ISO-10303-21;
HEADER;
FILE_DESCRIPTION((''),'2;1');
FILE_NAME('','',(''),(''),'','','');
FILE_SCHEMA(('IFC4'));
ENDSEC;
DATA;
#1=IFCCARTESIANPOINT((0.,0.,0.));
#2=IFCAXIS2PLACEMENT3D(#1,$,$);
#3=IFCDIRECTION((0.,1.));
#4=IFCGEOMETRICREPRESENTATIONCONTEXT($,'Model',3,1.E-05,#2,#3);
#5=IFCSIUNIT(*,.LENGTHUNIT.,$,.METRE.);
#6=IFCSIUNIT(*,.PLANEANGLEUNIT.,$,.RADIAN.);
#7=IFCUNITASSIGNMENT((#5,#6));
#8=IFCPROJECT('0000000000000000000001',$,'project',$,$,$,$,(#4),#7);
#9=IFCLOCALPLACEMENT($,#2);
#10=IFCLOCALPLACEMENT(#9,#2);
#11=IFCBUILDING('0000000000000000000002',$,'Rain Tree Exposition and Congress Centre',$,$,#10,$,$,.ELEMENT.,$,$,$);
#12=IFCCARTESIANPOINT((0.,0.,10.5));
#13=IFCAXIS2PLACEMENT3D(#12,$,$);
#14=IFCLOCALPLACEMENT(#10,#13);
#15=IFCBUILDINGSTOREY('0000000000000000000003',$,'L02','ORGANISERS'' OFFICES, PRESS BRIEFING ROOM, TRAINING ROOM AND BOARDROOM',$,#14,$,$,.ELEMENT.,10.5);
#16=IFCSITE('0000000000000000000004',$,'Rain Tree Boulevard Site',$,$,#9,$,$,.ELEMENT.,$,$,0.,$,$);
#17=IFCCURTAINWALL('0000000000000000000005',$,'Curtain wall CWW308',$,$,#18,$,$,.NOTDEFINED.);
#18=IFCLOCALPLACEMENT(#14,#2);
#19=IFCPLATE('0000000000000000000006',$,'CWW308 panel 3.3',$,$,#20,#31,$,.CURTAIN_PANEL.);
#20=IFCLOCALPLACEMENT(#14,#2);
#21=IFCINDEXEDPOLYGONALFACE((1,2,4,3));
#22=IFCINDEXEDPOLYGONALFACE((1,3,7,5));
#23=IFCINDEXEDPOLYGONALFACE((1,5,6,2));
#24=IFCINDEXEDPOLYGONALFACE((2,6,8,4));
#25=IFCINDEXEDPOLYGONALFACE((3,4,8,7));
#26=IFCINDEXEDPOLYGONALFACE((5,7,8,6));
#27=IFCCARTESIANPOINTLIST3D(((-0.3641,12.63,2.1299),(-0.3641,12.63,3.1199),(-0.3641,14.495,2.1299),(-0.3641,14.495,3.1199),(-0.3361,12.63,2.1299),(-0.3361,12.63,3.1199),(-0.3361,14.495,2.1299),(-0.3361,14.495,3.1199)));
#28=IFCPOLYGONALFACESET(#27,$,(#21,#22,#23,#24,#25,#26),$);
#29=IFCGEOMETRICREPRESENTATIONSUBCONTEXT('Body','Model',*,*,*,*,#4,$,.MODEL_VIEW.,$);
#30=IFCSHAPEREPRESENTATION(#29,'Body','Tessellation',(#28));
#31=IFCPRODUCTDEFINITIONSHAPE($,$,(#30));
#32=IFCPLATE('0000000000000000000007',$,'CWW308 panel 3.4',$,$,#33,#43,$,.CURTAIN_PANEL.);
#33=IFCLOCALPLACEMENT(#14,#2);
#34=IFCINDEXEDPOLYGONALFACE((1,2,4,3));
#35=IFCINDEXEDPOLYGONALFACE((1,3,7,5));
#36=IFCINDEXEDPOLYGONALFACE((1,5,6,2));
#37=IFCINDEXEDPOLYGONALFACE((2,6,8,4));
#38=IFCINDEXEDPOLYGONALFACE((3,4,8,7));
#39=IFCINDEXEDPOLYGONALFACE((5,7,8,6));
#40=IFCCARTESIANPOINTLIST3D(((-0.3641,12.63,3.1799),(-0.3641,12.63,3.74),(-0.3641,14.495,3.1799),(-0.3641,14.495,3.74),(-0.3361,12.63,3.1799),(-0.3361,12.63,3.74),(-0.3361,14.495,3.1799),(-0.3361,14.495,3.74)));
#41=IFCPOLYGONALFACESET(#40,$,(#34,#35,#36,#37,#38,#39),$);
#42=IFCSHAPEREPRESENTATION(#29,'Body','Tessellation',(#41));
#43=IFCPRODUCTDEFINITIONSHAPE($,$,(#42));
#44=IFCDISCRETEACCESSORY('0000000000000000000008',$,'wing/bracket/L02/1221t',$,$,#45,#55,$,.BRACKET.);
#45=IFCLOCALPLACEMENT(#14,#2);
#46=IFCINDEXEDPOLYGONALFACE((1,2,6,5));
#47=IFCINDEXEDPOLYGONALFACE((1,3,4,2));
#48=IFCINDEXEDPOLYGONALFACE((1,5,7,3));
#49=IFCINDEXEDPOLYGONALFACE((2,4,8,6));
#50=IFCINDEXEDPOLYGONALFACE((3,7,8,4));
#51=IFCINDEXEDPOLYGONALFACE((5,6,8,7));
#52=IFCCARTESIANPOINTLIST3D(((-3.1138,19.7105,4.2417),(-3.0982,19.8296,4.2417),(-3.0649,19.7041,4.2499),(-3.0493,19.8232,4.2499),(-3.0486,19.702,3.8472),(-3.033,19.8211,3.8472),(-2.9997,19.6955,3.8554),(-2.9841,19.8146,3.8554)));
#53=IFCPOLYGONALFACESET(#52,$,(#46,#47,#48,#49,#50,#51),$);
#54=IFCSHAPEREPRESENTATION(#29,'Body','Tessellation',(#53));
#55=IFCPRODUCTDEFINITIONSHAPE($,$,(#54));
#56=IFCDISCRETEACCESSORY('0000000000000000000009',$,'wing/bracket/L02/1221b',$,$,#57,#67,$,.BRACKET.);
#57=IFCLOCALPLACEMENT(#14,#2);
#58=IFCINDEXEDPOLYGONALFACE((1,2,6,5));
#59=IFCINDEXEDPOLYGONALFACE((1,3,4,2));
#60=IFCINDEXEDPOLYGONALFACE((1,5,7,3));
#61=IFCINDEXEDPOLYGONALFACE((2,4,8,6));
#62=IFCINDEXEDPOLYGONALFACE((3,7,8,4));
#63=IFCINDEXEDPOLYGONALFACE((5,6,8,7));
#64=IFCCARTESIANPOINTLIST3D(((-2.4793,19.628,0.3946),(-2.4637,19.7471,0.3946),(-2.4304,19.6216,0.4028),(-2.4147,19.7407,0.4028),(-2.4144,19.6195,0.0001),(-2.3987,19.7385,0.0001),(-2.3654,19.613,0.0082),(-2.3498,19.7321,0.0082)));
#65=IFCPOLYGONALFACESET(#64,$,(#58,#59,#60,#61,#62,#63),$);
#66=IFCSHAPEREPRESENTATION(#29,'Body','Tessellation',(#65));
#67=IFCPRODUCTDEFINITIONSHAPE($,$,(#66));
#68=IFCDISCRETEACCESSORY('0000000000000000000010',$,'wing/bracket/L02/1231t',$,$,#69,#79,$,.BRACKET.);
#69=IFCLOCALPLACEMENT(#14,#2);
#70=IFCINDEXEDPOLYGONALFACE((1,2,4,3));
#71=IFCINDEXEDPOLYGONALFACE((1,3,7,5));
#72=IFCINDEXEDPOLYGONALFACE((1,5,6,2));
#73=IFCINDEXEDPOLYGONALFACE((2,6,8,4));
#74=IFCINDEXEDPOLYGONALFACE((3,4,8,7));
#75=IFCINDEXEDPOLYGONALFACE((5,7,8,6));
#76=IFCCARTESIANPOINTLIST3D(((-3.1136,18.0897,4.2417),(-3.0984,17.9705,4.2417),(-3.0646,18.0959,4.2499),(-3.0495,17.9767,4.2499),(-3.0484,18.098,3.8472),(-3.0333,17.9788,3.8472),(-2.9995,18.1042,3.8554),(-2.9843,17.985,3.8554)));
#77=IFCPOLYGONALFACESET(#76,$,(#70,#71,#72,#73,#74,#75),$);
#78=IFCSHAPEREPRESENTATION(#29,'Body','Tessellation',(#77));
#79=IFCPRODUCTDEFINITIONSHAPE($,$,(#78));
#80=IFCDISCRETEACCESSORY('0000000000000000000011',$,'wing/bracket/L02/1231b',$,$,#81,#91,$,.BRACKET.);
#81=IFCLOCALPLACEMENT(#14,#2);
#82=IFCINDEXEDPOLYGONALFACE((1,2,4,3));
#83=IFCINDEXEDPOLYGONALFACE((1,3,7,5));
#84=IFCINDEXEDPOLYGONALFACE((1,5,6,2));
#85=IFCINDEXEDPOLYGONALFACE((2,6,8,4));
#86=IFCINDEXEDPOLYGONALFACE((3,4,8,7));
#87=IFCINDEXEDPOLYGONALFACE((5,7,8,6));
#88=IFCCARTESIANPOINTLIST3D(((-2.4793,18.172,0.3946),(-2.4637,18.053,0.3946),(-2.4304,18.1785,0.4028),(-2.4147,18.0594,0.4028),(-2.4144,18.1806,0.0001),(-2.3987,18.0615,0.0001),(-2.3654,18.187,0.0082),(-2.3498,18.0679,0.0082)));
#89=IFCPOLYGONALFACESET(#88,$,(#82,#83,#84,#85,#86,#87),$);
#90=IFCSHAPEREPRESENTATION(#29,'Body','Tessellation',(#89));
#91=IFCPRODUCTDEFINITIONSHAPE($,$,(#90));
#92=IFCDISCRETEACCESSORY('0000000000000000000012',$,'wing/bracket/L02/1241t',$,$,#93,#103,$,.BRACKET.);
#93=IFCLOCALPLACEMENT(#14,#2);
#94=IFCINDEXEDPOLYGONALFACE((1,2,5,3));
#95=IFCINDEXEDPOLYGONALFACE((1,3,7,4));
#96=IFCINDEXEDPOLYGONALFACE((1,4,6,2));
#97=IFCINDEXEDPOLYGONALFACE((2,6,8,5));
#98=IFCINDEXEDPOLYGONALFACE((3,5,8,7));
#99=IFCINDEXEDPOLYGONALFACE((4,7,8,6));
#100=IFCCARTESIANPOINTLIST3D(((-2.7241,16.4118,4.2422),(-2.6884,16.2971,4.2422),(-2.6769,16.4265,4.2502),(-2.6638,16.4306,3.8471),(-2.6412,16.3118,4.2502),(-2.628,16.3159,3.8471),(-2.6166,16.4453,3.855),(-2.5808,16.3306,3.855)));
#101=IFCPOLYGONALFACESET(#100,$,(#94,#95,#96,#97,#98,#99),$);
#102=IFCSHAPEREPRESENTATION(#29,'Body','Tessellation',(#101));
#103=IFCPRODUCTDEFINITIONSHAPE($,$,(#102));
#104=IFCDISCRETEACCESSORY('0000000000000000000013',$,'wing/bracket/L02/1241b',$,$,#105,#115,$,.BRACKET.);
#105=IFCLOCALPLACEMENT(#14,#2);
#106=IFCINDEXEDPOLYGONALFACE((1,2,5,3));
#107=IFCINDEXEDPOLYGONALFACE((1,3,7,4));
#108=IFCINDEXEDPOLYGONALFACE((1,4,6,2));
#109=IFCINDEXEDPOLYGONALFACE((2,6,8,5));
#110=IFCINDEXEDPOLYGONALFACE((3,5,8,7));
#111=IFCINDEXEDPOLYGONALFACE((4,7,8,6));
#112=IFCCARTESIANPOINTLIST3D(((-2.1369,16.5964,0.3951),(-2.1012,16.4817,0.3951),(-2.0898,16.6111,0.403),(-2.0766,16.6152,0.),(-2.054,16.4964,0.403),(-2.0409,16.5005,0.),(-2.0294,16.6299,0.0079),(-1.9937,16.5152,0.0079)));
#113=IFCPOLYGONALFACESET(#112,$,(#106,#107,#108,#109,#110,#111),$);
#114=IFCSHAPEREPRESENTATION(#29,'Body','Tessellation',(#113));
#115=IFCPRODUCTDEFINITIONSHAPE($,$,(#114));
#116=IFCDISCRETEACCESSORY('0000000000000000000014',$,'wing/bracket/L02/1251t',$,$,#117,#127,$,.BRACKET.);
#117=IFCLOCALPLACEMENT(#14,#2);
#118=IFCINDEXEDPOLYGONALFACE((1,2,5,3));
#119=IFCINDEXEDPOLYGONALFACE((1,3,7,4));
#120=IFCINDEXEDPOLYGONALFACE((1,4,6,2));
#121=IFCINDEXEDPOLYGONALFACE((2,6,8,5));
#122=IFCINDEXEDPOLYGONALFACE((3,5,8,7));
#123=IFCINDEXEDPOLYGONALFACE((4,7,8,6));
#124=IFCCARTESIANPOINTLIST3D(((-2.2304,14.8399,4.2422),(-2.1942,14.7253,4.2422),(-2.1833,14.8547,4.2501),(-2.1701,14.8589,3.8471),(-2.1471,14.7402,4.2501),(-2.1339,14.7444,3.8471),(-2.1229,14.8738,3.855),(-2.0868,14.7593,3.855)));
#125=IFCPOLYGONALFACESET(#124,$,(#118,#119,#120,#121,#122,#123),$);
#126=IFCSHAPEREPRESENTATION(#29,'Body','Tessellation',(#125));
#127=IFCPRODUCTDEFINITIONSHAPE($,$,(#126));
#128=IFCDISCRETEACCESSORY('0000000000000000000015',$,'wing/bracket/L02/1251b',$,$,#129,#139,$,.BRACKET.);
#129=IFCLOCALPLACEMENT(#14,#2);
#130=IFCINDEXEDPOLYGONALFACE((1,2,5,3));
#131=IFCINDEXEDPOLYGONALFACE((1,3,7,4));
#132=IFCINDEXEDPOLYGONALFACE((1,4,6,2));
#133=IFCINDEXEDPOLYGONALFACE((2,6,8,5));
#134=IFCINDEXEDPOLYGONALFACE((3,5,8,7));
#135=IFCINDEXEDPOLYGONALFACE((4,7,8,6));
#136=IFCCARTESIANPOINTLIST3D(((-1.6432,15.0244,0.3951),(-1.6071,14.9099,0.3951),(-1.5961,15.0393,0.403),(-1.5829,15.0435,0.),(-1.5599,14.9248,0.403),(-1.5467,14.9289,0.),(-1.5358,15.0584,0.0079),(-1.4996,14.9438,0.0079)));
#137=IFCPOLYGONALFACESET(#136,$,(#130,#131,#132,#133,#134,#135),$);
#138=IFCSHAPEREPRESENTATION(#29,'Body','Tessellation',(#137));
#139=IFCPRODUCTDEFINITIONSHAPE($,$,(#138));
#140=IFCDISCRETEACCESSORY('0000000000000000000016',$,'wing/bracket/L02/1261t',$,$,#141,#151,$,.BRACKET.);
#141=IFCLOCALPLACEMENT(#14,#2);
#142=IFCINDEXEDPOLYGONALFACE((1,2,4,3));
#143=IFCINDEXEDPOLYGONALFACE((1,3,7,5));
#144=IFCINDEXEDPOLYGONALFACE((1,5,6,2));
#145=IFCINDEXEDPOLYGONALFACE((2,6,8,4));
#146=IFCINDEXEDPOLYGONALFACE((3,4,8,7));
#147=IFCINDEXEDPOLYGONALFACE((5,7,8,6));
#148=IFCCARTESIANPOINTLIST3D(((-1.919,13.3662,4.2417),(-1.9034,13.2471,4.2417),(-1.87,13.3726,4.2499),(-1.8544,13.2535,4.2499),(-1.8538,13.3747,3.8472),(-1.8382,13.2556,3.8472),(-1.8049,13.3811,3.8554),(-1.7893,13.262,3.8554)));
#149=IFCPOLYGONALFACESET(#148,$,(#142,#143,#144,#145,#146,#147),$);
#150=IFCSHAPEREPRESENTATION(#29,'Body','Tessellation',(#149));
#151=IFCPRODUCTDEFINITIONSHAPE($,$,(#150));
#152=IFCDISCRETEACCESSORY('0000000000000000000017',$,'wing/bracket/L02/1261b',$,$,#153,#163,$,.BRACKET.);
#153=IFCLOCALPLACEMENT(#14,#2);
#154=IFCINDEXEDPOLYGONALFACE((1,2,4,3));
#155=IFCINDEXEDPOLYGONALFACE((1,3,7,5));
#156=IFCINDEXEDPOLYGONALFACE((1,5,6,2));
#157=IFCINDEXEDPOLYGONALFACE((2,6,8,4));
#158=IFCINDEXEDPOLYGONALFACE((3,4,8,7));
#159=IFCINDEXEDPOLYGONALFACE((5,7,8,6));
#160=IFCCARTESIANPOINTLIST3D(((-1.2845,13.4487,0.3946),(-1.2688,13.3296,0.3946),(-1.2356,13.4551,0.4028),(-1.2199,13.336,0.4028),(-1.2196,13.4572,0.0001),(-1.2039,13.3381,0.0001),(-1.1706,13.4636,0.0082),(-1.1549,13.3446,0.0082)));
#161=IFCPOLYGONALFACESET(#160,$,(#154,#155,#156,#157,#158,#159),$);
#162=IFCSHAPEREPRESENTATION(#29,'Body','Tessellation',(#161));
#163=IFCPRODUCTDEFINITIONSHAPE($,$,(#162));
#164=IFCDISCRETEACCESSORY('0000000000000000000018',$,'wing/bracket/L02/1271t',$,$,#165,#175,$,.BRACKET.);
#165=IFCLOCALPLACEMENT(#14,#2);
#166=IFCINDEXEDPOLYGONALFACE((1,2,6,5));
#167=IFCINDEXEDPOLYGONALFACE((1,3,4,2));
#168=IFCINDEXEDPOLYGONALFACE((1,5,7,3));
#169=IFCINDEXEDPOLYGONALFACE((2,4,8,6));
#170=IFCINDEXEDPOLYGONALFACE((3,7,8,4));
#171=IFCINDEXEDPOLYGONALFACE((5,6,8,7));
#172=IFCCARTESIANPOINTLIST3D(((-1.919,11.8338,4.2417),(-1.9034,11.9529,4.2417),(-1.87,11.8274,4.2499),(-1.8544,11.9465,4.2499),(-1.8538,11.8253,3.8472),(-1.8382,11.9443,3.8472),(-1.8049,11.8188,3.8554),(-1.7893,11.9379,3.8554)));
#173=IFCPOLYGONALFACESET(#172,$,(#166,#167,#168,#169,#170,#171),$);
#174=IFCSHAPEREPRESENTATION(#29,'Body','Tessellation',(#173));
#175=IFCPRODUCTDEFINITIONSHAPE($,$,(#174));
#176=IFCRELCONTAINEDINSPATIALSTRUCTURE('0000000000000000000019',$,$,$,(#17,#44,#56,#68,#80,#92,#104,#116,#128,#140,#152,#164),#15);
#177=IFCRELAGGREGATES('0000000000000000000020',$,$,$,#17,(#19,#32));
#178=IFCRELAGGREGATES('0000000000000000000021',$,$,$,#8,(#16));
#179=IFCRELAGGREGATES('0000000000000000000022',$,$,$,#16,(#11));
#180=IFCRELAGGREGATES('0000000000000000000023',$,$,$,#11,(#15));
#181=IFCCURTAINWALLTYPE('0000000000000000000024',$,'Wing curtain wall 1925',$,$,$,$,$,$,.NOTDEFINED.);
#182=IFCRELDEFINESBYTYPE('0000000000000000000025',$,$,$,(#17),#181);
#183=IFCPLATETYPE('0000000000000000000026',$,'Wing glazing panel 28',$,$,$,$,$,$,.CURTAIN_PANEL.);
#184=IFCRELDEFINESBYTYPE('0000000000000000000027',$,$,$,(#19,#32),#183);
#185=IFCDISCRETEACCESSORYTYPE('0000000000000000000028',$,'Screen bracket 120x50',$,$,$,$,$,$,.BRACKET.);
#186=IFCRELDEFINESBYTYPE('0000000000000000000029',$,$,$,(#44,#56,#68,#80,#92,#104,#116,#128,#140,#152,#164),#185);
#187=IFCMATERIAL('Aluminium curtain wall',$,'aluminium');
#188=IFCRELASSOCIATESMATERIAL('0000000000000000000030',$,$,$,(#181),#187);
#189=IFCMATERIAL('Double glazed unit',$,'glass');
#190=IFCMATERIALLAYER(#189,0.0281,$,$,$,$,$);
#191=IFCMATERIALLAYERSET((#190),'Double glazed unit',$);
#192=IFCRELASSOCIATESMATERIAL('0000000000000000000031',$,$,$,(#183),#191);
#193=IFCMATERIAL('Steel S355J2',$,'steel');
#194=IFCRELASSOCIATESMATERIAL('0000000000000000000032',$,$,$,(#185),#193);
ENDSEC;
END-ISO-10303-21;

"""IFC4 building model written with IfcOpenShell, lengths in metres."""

from ifc_helpers import new_model, si_unit, direction, frame, origin, origin_2d, place, context, subcontext, project, spatial, rectangle, extrude, material, layer, layer_set, material_profile, profile_set, type_object, element, aggregate, save


model = new_model("IFC4")

# Units and contexts
model_context = context("Model", 3, precision=1e-05, world=origin(), true_north=direction((0.0, 1.0)))
body_context = subcontext(model_context, "Body", "Model", "MODEL_VIEW")
ifc_project = project(units=[si_unit("LENGTHUNIT", "METRE"), si_unit("PLANEANGLEUNIT", "RADIAN")], contexts=[model_context])

# Site, building, storey
site_placement = place(None, origin())
site = spatial("IfcSite", under=ifc_project, at=site_placement, Name="Rain Tree Boulevard Site", CompositionType="ELEMENT", RefElevation=0.0)
building_placement = place(site_placement, origin())
building = spatial("IfcBuilding", under=site, at=building_placement, Name="Rain Tree Exposition and Congress Centre", CompositionType="ELEMENT")
storey_placement = place(building_placement, frame((0.0, 0.0, 10.5)))
storey = spatial("IfcBuildingStorey", under=building, at=storey_placement, Name="L02", Description="ORGANISERS' OFFICES, PRESS BRIEFING ROOM, TRAINING ROOM AND BOARDROOM", CompositionType="ELEMENT", Elevation=10.5)

# Curtain wall, plates
ifc_material_1 = material(Name="Aluminium curtain wall", Category="aluminium")
curtain_wall_type = type_object("IfcCurtainWallType", Name="Wing curtain wall 1925", PredefinedType="NOTDEFINED", material=ifc_material_1)
curtain_wall_placement = place(storey_placement, origin())
curtain_wall = element("IfcCurtainWall", 1, at=curtain_wall_placement, inside=storey, type_object=curtain_wall_type, Name="Curtain wall CWW308", PredefinedType="NOTDEFINED")
ifc_material_2 = material(Name="Double glazed unit", Category="glass")
ifc_layer_1 = layer(ifc_material_2, 0.0281)
ifc_layer_set_1 = layer_set([ifc_layer_1], Name="Double glazed unit")
plate_type = type_object("IfcPlateType", Name="Wing glazing panel 28", PredefinedType="CURTAIN_PANEL", material=ifc_layer_set_1)
plate_1_placement = place(storey_placement, frame((-0.3501, 13.5625, 2.1299), z_axis=(0.0, 0.0, 1.0), x_axis=(0.0, 1.0, 0.0)))
plate_1 = element("IfcPlate", 2, at=plate_1_placement, type_object=plate_type, Name="CWW308 panel 3.3", PredefinedType="CURTAIN_PANEL", context=body_context, shape_type="SweptSolid", body=[
    extrude(rectangle(XDim=1.865, YDim=0.0281, at=origin_2d()), origin(), (0.0, 0.0, 1.0), 0.99),
])
plate_2_placement = place(storey_placement, frame((-0.3501, 13.5625, 3.1799), z_axis=(0.0, 0.0, 1.0), x_axis=(0.0, 1.0, 0.0)))
plate_2 = element("IfcPlate", 3, at=plate_2_placement, type_object=plate_type, Name="CWW308 panel 3.4", PredefinedType="CURTAIN_PANEL", context=body_context, shape_type="SweptSolid", body=[
    extrude(rectangle(XDim=1.865, YDim=0.0281, at=origin_2d()), origin(), (0.0, 0.0, 1.0), 0.5601),
])
aggregate(curtain_wall, [plate_1, plate_2])

# Discrete accessories
ifc_material_3 = material(Name="Steel S355J2", Category="steel")
ifc_material_profile_1 = material_profile(ifc_material_3, rectangle(XDim=0.1201, YDim=0.05, at=origin_2d()), Name="Flat bar 120x50")
ifc_profile_set_1 = profile_set([ifc_material_profile_1], Name="Steel S355J2")
discrete_accessory_type = type_object("IfcDiscreteAccessoryType", Name="Screen bracket 120x50", PredefinedType="BRACKET", material=ifc_profile_set_1)
for number, where, z_axis, x_axis, name in (
    (4, (-3.0164, 19.7583, 3.8513), (-0.162976, 0.021364, 0.986399), (-0.129974, -0.991517, 0.0), "wing/bracket/L02/1221t"),
    (5, (-2.3821, 19.6758, 0.0042), (-0.162381, 0.021366, 0.986497), (-0.130455, -0.991454, 0.0), "wing/bracket/L02/1221b"),
    (6, (-3.0164, 18.0415, 3.8513), (-0.162978, -0.020754, 0.986411), (0.126321, -0.991989, 0.0), "wing/bracket/L02/1231t"),
    (7, (-2.3821, 18.1243, 0.0042), (-0.162381, -0.021366, 0.986497), (0.130455, -0.991454, 0.0), "wing/bracket/L02/1231b"),
):
    element("IfcDiscreteAccessory", number, at=place(storey_placement, frame(where, z_axis=z_axis, x_axis=x_axis)), inside=storey, type_object=discrete_accessory_type, Name=name, PredefinedType="BRACKET", context=body_context, shape_type="SweptSolid", body=[
        extrude(rectangle(XDim=0.1201, YDim=0.05, at=origin_2d()), origin(), (0.0, 0.0, 1.0), 0.3999),
    ])
for number, where, z_axis, x_axis, name in (
    (8, (-2.6223, 16.3806, 3.8511), (-0.150743, -0.046993, 0.987456), (0.297615, -0.954686, 0.0), "wing/bracket/L02/1241t"),
    (9, (-2.0352, 16.5652, 0.0039), (-0.150743, -0.046993, 0.987456), (0.297615, -0.954686, 0.0), "wing/bracket/L02/1241b"),
    (10, (-2.1284, 14.8091, 3.8511), (-0.150738, -0.047602, 0.987427), (0.301131, -0.953583, 0.0), "wing/bracket/L02/1251t"),
    (11, (-1.5413, 14.9937, 0.0039), (-0.150738, -0.047602, 0.987427), (0.301131, -0.953583, 0.0), "wing/bracket/L02/1251b"),
):
    element("IfcDiscreteAccessory", number, at=place(storey_placement, frame(where, z_axis=z_axis, x_axis=x_axis)), inside=storey, type_object=discrete_accessory_type, Name=name, PredefinedType="BRACKET", context=body_context, shape_type="SweptSolid", body=[
        extrude(rectangle(XDim=0.1201, YDim=0.05, at=origin_2d()), origin(), (0.0, 0.0, 1.0), 0.4001),
    ])
for number, where, z_axis, x_axis, name in (
    (12, (-1.8215, 13.3184, 3.8513), (-0.162976, -0.021364, 0.986399), (0.129974, -0.991517, 0.0), "wing/bracket/L02/1261t"),
    (13, (-1.1873, 13.4009, 0.0042), (-0.162381, -0.021366, 0.986497), (0.130455, -0.991454, 0.0), "wing/bracket/L02/1261b"),
    (14, (-1.8215, 11.8816, 3.8513), (-0.162976, 0.021364, 0.986399), (-0.129974, -0.991517, 0.0), "wing/bracket/L02/1271t"),
):
    element("IfcDiscreteAccessory", number, at=place(storey_placement, frame(where, z_axis=z_axis, x_axis=x_axis)), inside=storey, type_object=discrete_accessory_type, Name=name, PredefinedType="BRACKET", context=body_context, shape_type="SweptSolid", body=[
        extrude(rectangle(XDim=0.1201, YDim=0.05, at=origin_2d()), origin(), (0.0, 0.0, 1.0), 0.3999),
    ])

save(model, "model.ifc")
